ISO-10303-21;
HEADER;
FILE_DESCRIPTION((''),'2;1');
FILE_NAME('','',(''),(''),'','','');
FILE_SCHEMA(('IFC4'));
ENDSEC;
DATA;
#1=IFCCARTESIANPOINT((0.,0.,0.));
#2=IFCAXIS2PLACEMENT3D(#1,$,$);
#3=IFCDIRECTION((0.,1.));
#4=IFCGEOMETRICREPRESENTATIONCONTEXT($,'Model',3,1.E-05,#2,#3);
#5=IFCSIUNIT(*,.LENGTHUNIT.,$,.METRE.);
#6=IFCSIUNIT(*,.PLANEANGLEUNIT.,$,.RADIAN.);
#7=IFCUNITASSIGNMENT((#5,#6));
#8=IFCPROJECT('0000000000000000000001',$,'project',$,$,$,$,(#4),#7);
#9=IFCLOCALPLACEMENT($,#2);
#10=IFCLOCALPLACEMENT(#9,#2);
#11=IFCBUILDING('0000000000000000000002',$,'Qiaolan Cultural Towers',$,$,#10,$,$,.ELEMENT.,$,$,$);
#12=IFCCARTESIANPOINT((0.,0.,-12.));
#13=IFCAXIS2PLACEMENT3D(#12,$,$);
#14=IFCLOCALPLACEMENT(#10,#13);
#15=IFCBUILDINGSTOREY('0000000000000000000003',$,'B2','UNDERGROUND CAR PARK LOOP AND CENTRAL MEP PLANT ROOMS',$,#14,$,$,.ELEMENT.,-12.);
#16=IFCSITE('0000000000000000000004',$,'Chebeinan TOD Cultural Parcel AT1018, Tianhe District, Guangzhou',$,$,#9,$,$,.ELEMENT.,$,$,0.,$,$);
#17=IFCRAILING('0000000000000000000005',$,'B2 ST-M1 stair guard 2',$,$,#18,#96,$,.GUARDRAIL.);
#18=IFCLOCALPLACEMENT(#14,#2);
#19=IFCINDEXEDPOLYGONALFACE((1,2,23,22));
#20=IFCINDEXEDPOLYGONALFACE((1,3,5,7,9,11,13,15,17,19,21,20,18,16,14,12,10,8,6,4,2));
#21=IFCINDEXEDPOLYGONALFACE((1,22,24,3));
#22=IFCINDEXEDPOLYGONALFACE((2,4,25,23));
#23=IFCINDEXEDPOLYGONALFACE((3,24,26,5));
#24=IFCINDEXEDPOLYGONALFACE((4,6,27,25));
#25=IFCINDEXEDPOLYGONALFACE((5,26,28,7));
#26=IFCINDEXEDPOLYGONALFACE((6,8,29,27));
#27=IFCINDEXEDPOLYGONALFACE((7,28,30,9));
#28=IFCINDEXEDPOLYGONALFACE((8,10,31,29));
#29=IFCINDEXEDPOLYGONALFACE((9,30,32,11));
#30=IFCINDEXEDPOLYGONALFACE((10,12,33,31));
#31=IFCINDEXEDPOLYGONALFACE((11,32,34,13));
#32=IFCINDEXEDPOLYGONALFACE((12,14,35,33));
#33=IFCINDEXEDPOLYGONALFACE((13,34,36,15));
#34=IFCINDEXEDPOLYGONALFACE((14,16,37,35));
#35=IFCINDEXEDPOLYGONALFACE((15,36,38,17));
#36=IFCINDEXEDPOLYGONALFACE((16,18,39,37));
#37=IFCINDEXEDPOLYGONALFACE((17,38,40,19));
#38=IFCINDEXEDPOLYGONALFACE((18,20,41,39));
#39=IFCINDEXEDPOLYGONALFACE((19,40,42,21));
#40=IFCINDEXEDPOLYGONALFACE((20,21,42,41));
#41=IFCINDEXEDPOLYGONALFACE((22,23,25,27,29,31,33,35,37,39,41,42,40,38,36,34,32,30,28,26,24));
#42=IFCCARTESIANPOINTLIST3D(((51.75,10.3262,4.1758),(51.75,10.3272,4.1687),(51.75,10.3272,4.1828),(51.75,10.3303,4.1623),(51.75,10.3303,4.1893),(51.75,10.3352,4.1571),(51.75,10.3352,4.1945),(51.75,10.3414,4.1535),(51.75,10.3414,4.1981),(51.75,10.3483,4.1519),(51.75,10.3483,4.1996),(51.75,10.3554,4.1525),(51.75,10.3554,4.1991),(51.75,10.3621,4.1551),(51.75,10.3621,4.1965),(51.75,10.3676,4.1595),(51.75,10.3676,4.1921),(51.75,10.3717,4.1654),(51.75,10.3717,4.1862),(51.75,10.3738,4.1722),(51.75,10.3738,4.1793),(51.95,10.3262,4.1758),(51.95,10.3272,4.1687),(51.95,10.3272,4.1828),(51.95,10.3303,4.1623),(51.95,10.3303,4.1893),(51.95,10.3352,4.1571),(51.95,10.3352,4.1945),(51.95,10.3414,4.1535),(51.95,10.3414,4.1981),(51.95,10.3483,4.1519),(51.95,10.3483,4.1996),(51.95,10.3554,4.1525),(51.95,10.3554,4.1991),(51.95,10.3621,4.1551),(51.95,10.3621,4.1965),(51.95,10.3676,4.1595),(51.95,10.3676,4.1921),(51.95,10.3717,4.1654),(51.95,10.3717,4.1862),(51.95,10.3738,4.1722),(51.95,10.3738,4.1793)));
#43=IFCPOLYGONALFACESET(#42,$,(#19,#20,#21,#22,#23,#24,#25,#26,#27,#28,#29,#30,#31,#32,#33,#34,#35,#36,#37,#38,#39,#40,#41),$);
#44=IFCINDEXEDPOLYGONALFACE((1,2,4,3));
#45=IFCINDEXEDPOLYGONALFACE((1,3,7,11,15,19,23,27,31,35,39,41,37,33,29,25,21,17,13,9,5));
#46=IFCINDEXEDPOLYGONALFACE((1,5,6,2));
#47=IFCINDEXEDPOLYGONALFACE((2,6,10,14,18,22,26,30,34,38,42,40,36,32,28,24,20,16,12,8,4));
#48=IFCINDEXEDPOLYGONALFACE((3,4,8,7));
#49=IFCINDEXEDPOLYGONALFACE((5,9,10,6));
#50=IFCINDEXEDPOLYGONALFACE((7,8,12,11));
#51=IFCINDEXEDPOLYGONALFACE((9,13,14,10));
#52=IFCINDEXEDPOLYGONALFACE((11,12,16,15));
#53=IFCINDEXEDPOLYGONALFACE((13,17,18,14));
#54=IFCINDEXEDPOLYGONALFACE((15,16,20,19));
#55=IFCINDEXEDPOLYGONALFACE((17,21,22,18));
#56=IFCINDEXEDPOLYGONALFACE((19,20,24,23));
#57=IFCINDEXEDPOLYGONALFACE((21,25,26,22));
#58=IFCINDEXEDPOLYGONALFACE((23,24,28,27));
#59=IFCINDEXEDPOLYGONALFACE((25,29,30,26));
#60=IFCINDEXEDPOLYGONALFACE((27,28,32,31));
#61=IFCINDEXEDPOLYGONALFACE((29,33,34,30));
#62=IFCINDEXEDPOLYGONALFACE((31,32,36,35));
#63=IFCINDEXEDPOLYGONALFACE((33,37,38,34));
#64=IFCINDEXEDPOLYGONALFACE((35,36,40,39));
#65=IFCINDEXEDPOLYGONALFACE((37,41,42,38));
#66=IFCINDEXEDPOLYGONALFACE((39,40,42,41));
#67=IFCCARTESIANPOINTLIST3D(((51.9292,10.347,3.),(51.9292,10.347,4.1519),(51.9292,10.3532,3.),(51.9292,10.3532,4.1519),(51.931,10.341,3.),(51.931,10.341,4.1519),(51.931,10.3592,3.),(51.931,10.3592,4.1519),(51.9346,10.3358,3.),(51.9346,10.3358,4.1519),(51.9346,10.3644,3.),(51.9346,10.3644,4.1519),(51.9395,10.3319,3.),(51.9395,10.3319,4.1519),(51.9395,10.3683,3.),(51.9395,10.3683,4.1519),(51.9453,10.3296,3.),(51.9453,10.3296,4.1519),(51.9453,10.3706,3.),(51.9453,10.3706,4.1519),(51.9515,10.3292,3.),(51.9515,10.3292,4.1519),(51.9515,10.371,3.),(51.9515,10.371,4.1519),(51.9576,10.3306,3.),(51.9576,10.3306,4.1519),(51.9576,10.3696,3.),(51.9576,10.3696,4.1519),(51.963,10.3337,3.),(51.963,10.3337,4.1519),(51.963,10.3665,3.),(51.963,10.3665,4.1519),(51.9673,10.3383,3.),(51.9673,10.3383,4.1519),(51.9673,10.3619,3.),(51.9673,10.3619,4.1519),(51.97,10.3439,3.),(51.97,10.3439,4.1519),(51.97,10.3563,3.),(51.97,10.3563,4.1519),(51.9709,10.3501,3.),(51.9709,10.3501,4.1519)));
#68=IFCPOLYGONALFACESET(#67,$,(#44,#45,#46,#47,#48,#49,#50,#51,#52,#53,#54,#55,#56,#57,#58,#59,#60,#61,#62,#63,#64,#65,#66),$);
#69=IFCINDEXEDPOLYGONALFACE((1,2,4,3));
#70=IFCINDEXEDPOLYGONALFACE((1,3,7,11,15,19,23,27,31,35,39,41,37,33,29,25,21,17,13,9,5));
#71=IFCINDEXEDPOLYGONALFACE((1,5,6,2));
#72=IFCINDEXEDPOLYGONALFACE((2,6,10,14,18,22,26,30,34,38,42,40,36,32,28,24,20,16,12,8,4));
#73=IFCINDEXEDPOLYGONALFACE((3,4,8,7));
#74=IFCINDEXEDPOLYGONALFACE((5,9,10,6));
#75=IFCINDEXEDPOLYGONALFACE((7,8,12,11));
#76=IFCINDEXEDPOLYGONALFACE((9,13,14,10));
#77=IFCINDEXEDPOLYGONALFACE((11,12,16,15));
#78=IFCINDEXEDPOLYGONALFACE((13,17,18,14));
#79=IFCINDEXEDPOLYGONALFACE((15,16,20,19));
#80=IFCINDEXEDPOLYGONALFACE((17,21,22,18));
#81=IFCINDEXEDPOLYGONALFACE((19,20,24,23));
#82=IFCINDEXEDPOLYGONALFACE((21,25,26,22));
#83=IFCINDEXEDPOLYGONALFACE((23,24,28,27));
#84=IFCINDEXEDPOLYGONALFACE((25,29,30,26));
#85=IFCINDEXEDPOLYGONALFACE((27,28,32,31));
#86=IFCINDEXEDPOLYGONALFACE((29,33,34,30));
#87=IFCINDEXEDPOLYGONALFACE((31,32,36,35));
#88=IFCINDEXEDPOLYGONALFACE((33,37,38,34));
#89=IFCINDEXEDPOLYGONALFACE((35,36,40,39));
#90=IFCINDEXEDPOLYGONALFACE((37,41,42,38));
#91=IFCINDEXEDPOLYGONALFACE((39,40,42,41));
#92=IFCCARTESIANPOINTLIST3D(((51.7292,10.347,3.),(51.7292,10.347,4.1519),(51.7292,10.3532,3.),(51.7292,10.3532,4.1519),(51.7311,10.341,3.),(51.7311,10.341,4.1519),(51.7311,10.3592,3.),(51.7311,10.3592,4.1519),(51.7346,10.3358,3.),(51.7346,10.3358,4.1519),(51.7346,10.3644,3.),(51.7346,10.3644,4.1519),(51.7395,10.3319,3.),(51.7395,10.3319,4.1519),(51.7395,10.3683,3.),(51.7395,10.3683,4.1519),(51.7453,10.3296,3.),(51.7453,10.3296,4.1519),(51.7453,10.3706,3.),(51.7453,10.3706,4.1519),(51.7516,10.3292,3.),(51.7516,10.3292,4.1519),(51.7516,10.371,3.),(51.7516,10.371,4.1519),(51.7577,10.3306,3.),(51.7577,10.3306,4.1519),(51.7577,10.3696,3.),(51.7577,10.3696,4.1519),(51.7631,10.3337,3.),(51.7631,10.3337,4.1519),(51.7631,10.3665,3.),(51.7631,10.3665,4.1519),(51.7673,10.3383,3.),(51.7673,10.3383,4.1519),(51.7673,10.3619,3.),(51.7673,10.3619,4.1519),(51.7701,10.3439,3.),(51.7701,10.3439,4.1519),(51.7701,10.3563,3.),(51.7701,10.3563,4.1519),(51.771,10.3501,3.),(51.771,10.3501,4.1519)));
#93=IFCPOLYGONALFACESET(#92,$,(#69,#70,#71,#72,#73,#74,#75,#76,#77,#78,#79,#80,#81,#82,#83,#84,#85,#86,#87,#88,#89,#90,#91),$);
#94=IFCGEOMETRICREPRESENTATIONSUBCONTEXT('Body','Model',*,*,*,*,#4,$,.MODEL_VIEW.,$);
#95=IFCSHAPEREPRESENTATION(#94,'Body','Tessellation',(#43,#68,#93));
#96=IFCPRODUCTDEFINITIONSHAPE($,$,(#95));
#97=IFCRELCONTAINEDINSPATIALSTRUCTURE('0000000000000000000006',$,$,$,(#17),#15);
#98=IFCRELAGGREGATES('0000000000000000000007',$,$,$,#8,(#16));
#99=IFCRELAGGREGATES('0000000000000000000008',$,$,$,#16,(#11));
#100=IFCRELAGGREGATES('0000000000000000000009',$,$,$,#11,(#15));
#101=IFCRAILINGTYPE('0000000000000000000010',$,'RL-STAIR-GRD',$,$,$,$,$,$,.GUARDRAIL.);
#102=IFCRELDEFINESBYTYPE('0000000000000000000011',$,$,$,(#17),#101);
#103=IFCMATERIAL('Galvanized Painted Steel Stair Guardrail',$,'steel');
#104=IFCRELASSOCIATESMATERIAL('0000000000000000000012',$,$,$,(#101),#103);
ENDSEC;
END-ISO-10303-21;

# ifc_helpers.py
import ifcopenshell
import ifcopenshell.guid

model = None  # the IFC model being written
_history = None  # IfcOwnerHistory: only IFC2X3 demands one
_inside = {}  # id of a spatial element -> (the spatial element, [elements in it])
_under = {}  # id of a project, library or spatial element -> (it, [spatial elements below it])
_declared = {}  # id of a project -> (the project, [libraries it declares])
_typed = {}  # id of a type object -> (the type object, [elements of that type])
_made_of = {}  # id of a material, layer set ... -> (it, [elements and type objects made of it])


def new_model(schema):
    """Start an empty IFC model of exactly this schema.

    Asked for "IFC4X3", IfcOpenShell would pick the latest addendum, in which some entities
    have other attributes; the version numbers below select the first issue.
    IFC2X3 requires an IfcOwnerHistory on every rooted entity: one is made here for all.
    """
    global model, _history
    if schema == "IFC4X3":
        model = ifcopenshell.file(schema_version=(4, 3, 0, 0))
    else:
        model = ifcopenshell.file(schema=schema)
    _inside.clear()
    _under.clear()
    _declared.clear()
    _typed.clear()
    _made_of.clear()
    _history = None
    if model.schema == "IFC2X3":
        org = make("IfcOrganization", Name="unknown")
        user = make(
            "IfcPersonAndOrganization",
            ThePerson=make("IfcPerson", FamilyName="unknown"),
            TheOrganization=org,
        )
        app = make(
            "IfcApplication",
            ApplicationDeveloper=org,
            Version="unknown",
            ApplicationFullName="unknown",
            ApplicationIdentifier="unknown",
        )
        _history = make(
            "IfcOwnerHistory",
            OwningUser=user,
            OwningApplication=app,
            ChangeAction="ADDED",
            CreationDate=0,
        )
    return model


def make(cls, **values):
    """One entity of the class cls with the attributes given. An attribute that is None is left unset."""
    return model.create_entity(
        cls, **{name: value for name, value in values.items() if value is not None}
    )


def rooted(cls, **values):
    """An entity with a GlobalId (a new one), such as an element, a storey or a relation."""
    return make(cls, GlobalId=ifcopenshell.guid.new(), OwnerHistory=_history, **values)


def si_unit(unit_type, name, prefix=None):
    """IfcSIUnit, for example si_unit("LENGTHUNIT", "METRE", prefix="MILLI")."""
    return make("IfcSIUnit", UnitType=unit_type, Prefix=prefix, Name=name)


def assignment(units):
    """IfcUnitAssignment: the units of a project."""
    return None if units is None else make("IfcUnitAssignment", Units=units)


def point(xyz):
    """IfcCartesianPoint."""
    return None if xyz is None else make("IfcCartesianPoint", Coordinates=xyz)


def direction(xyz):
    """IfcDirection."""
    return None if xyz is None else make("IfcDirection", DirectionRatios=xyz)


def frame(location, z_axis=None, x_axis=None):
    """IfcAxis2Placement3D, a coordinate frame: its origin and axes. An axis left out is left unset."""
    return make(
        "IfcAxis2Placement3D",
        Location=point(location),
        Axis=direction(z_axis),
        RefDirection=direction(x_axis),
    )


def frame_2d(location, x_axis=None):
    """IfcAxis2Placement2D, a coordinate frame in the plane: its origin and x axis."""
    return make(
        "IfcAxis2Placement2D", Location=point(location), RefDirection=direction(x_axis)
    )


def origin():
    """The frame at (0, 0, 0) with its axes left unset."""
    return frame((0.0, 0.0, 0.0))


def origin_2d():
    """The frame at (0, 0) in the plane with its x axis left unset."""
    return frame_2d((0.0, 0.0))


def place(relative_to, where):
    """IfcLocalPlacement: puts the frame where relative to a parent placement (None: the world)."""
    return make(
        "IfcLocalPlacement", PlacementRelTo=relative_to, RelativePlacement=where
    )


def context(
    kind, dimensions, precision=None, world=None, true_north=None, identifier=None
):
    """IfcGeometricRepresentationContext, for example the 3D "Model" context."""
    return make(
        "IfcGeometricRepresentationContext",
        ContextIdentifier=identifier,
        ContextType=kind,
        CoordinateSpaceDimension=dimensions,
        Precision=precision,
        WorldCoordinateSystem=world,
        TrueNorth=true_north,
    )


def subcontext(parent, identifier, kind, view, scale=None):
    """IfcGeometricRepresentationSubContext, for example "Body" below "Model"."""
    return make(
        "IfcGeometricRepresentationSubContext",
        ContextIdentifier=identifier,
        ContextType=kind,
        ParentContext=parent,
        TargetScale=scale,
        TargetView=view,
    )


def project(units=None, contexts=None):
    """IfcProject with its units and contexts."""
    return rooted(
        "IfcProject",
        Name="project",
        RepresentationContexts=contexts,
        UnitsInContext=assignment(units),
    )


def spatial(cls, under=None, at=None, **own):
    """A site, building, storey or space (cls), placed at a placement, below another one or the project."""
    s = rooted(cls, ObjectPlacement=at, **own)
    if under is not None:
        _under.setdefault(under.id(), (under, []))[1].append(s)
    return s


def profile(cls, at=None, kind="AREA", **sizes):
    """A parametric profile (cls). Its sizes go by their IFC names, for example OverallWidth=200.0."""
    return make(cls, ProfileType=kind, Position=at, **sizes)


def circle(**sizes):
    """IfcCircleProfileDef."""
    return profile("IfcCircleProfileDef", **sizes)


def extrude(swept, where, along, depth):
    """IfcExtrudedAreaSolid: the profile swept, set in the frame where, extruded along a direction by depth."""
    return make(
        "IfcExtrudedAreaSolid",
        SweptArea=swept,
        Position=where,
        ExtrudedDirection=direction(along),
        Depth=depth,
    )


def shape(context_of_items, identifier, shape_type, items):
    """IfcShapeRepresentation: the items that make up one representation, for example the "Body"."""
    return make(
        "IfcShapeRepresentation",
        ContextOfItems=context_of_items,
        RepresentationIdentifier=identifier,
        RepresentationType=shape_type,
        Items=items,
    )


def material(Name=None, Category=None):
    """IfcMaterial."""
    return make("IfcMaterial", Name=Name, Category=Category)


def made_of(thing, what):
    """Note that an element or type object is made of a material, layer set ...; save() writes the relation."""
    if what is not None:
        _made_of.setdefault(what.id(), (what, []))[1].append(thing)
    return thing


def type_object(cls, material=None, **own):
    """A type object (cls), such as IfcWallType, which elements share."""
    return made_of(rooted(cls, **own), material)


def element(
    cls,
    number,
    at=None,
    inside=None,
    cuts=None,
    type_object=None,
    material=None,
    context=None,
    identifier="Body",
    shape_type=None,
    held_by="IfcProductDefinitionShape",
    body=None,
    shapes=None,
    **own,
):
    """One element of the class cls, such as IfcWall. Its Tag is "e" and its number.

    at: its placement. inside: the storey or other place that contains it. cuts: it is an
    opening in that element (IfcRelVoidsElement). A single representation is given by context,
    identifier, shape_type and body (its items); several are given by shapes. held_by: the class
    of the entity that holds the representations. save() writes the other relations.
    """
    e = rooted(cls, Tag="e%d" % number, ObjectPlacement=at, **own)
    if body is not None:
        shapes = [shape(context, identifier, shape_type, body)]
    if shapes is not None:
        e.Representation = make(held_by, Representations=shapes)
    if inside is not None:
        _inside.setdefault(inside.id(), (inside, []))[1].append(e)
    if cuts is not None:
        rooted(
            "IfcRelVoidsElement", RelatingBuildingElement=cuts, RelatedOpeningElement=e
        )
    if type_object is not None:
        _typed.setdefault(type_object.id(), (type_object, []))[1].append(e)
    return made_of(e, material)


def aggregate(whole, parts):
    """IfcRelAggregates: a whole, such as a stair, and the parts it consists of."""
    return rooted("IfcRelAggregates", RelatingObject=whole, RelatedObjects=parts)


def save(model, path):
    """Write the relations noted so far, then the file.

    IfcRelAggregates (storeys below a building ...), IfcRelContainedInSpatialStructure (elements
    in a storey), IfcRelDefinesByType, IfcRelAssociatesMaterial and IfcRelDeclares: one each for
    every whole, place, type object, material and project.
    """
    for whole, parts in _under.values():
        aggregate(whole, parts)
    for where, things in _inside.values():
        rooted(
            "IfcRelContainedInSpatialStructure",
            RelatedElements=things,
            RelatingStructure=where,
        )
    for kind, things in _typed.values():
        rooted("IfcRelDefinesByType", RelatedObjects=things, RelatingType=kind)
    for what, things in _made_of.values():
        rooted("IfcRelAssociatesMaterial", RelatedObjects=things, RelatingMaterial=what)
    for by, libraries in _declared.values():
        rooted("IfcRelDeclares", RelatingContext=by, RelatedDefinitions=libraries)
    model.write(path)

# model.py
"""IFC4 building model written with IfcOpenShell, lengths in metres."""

from ifc_helpers import new_model, si_unit, direction, frame, origin, origin_2d, place, context, subcontext, project, spatial, circle, extrude, material, type_object, element, save


model = new_model("IFC4")

# Units and contexts
model_context = context("Model", 3, precision=1e-05, world=origin(), true_north=direction((0.0, 1.0)))
body_context = subcontext(model_context, "Body", "Model", "MODEL_VIEW")
ifc_project = project(units=[si_unit("LENGTHUNIT", "METRE"), si_unit("PLANEANGLEUNIT", "RADIAN")], contexts=[model_context])

# Site, building, storey
site_placement = place(None, origin())
site = spatial("IfcSite", under=ifc_project, at=site_placement, Name="Chebeinan TOD Cultural Parcel AT1018, Tianhe District, Guangzhou", CompositionType="ELEMENT", RefElevation=0.0)
building_placement = place(site_placement, origin())
building = spatial("IfcBuilding", under=site, at=building_placement, Name="Qiaolan Cultural Towers", CompositionType="ELEMENT")
storey_placement = place(building_placement, frame((0.0, 0.0, -12.0)))
storey = spatial("IfcBuildingStorey", under=building, at=storey_placement, Name="B2", Description="UNDERGROUND CAR PARK LOOP AND CENTRAL MEP PLANT ROOMS", CompositionType="ELEMENT", Elevation=-12.0)

# Railing
ifc_material_1 = material(Name="Galvanized Painted Steel Stair Guardrail", Category="steel")
railing_type_1 = type_object("IfcRailingType", Name="RL-STAIR-GRD", PredefinedType="GUARDRAIL", material=ifc_material_1)
railing_1_placement = place(storey_placement, frame((51.95, 10.3501, 3.0)))
element("IfcRailing", 1, at=railing_1_placement, inside=storey, type_object=railing_type_1, Name="B2 ST-M1 stair guard 2", PredefinedType="GUARDRAIL", context=body_context, shape_type="SweptSolid", body=[
    extrude(circle(Radius=0.0239, at=origin_2d()), frame((0.0, 0.0, 1.1758), z_axis=(-1.0, 0.0, 0.0), x_axis=(0.0, -1.0, 0.0)), (0.0, 0.0, 1.0), 0.2),
    extrude(circle(Radius=0.021, at=origin_2d()), origin(), (0.0, 0.0, 1.0), 1.1519),
    extrude(circle(Radius=0.021, at=origin_2d()), frame((-0.2, 0.0, 0.0)), (0.0, 0.0, 1.0), 1.1519),
])

save(model, "model.ifc")
